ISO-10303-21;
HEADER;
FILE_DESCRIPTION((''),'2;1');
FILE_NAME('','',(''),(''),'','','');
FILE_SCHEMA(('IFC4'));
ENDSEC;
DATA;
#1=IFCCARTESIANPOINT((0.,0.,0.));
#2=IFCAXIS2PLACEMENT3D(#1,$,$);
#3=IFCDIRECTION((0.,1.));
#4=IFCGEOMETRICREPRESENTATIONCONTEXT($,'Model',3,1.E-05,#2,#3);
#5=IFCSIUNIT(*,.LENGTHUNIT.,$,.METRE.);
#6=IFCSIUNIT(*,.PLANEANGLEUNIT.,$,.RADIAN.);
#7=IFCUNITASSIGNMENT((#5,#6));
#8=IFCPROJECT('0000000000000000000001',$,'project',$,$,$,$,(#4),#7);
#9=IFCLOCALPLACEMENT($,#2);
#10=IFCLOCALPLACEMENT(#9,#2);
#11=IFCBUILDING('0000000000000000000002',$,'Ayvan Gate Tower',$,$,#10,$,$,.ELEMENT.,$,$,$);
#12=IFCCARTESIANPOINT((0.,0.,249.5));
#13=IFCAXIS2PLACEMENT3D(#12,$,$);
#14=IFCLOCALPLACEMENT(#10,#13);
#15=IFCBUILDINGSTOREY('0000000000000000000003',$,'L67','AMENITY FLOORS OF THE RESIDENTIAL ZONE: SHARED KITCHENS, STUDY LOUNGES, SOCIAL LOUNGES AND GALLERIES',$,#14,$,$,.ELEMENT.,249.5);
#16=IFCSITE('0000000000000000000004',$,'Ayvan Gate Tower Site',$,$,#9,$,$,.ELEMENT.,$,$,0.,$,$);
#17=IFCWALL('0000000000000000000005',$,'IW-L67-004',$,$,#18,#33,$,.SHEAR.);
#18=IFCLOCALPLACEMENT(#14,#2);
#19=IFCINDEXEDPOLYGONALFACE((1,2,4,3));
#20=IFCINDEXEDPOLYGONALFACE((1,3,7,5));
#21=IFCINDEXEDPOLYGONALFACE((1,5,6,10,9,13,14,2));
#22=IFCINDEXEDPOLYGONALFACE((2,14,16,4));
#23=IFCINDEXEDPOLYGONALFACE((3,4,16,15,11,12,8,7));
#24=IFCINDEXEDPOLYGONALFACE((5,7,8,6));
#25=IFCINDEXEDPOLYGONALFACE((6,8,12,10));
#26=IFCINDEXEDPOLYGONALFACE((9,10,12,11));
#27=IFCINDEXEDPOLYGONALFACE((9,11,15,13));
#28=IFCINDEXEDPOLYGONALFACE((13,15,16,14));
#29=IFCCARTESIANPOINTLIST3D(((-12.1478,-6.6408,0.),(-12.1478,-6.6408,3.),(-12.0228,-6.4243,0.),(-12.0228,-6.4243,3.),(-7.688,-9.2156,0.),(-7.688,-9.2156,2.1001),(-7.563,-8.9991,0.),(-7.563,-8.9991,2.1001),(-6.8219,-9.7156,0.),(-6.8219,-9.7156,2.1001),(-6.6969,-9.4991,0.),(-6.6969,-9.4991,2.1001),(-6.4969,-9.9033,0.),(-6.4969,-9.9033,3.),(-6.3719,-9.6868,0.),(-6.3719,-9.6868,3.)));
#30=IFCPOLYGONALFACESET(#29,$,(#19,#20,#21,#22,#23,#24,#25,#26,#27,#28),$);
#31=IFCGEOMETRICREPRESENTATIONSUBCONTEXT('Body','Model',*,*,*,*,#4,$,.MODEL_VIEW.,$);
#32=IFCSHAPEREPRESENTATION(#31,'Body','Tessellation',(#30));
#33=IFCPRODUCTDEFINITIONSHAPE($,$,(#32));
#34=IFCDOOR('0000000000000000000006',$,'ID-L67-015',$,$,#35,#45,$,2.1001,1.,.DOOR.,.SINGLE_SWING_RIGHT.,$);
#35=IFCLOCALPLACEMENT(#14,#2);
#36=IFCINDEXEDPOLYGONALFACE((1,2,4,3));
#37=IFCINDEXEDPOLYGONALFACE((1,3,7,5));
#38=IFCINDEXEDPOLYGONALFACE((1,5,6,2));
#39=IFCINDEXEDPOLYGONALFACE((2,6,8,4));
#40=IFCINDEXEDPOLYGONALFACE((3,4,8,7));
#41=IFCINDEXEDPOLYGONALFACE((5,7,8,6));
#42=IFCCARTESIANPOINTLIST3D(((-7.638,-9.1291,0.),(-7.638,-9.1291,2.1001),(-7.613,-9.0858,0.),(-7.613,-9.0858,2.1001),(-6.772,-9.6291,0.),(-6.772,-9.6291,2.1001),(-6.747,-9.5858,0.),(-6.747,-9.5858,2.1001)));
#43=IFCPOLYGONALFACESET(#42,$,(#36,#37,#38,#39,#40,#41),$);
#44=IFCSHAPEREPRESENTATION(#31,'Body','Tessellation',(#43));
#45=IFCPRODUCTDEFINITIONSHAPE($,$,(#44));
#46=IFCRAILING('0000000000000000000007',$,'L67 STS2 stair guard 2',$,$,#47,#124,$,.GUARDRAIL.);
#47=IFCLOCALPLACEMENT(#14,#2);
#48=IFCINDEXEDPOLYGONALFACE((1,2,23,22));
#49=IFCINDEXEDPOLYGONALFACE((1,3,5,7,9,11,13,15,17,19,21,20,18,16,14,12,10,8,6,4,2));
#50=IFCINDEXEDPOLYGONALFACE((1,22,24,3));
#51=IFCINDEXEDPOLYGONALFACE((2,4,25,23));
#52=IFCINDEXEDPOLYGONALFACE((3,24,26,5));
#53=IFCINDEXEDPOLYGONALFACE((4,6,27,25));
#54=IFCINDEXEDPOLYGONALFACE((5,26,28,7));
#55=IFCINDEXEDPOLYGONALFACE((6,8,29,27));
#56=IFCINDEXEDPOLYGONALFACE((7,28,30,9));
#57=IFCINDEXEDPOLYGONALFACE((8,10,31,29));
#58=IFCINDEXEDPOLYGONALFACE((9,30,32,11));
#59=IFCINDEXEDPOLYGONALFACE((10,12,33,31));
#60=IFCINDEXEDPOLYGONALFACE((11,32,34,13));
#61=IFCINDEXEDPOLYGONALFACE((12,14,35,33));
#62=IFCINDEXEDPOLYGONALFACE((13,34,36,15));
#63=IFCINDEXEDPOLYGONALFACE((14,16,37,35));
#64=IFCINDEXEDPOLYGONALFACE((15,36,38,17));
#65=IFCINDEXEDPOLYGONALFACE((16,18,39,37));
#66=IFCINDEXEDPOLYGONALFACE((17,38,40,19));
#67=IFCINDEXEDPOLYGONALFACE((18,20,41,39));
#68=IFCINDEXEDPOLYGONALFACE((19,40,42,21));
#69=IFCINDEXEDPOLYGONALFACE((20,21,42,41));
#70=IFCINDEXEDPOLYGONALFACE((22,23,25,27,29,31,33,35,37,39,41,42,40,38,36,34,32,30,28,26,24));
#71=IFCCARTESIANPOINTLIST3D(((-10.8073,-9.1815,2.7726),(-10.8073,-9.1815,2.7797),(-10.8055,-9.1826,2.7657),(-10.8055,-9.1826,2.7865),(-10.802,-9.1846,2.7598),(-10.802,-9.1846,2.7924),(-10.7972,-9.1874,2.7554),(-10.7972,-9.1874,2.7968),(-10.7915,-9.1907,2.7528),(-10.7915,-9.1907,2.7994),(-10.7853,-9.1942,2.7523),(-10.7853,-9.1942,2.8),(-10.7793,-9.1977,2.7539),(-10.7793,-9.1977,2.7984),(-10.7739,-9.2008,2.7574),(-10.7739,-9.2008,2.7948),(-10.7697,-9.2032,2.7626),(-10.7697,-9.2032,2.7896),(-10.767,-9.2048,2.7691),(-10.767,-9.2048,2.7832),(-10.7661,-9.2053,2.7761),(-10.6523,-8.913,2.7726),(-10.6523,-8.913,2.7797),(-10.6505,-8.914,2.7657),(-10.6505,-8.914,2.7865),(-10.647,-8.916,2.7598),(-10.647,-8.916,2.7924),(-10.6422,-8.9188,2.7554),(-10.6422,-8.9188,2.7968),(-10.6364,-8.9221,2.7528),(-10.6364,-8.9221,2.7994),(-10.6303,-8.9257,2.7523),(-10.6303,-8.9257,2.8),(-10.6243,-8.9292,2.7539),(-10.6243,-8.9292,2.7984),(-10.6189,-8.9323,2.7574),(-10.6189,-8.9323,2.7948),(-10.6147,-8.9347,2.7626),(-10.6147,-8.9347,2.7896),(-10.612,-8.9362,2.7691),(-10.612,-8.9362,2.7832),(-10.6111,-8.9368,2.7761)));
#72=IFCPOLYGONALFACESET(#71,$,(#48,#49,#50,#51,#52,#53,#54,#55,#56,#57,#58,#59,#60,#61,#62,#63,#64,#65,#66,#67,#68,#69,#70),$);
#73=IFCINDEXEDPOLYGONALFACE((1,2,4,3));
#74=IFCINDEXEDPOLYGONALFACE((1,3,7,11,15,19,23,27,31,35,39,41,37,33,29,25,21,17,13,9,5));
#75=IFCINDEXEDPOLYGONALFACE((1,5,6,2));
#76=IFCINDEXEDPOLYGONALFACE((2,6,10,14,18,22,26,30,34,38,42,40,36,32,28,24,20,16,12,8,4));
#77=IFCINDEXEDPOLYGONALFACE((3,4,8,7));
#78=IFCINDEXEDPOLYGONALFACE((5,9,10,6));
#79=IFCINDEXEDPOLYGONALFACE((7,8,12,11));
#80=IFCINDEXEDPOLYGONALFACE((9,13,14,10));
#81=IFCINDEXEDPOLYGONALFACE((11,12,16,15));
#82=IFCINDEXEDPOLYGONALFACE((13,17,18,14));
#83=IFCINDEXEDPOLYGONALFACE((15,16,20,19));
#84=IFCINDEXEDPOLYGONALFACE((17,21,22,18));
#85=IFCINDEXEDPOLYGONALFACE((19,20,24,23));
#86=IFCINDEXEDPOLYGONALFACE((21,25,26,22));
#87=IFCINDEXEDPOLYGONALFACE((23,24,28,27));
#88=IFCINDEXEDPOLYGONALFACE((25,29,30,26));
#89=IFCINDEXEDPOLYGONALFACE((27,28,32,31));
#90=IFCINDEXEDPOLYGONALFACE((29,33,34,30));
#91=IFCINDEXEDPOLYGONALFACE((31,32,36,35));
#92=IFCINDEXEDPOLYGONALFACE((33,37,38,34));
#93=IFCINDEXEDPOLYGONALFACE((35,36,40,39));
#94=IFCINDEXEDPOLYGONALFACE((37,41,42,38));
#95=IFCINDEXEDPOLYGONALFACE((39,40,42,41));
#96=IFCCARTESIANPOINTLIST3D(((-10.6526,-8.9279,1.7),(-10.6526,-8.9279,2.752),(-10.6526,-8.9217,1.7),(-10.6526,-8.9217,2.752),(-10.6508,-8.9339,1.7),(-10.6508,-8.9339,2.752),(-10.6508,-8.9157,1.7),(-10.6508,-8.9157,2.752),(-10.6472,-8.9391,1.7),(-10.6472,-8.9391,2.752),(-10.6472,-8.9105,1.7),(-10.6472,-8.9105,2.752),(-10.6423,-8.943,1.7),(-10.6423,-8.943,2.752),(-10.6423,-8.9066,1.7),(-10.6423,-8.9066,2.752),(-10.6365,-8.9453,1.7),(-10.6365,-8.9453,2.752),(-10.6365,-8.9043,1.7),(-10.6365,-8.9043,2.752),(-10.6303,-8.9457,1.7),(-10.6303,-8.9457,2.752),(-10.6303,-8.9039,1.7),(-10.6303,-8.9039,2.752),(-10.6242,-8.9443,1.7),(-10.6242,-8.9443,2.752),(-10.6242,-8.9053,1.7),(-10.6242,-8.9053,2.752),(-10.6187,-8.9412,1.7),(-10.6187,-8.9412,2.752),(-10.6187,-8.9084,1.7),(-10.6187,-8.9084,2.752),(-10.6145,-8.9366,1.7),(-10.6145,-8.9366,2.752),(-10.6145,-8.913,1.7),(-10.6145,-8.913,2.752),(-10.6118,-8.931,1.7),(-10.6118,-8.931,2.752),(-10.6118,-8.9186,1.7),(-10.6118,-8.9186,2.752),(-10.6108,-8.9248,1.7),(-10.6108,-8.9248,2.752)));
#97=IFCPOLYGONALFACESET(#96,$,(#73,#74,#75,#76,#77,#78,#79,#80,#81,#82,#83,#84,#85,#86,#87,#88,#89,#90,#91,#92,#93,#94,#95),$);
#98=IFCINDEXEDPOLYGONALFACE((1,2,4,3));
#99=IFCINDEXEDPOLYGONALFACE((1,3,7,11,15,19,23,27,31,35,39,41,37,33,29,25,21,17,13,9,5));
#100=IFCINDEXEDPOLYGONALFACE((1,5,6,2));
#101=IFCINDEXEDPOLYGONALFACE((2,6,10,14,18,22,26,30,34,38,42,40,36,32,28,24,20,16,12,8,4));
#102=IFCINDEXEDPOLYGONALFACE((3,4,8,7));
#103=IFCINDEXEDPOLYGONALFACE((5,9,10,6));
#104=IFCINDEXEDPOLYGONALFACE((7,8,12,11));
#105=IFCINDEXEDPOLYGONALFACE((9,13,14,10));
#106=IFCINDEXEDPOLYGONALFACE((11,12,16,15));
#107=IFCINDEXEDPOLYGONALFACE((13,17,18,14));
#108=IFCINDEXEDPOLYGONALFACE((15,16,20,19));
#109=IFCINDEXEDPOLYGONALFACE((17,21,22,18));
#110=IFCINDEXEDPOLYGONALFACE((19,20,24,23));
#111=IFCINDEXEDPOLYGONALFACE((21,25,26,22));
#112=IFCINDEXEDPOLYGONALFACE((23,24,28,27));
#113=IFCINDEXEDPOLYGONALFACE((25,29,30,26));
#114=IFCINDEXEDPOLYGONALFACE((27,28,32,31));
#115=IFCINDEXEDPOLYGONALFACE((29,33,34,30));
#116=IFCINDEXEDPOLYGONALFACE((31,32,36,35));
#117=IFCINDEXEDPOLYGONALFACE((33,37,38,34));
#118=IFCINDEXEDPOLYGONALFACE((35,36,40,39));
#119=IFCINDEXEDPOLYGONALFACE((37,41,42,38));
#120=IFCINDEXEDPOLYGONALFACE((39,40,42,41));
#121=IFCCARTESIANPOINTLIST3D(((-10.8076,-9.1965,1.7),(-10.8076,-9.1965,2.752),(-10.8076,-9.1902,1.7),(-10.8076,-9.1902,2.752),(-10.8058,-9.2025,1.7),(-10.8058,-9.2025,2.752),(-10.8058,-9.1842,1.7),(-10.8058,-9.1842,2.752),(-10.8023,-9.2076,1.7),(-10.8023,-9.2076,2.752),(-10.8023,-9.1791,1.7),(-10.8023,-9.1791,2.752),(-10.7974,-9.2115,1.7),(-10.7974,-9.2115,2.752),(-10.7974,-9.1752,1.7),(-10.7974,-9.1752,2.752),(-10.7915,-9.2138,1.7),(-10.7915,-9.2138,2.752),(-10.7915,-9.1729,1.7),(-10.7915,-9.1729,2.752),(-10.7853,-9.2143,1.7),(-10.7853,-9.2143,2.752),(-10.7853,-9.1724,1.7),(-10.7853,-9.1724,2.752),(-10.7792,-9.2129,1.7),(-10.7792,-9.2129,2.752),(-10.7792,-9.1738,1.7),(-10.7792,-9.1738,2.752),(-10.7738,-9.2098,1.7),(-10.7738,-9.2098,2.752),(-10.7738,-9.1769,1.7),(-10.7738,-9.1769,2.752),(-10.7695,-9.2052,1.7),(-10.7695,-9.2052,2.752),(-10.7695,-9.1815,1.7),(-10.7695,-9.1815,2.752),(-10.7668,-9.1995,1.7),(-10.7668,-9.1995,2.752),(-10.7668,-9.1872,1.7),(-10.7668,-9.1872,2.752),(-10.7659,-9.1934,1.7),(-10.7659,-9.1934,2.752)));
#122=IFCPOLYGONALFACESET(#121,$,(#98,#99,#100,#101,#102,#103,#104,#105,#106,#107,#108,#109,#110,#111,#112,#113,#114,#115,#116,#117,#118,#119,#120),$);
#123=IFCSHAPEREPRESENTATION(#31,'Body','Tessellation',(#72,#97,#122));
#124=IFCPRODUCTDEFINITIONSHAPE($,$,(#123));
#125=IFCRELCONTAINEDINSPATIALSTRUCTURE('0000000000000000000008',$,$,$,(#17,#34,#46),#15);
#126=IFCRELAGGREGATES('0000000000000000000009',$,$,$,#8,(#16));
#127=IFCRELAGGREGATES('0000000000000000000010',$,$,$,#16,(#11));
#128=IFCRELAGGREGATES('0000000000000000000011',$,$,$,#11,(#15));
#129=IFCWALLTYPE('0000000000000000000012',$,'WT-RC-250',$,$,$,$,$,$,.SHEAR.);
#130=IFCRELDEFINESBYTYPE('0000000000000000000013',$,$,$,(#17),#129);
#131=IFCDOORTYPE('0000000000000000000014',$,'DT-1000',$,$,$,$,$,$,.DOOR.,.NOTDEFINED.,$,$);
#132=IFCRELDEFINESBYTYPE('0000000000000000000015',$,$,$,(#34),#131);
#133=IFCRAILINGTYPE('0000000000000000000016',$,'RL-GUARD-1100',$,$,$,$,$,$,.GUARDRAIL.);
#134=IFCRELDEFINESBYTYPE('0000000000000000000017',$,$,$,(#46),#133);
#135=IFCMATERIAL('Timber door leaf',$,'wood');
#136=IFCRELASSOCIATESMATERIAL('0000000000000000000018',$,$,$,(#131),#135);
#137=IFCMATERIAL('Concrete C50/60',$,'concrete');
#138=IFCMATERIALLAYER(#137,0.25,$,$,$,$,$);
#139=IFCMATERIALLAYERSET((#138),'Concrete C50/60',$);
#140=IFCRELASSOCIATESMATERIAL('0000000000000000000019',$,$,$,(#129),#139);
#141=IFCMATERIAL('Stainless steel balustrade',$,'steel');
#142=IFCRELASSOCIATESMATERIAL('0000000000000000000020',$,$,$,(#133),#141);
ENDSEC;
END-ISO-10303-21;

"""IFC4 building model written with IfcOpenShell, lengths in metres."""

from ifc_helpers import new_model, si_unit, direction, frame, frame_2d, origin, origin_2d, place, context, subcontext, project, spatial, rectangle, circle, extrude, material, layer, layer_set, type_object, element, fill, save


model = new_model("IFC4")

# Units and contexts
model_context = context("Model", 3, precision=1e-05, world=origin(), true_north=direction((0.0, 1.0)))
body_context = subcontext(model_context, "Body", "Model", "MODEL_VIEW")
ifc_project = project(units=[si_unit("LENGTHUNIT", "METRE"), si_unit("PLANEANGLEUNIT", "RADIAN")], contexts=[model_context])

# Site, building, storey
site_placement = place(None, origin())
site = spatial("IfcSite", under=ifc_project, at=site_placement, Name="Ayvan Gate Tower Site", CompositionType="ELEMENT", RefElevation=0.0)
building_placement = place(site_placement, origin())
building = spatial("IfcBuilding", under=site, at=building_placement, Name="Ayvan Gate Tower", CompositionType="ELEMENT")
storey_placement = place(building_placement, frame((0.0, 0.0, 249.5)))
storey = spatial("IfcBuildingStorey", under=building, at=storey_placement, Name="L67", Description="AMENITY FLOORS OF THE RESIDENTIAL ZONE: SHARED KITCHENS, STUDY LOUNGES, SOCIAL LOUNGES AND GALLERIES", CompositionType="ELEMENT", Elevation=249.5)

# Shared definitions
ifc_material_1 = material(Name="Timber door leaf", Category="wood")
door_type_1 = type_object("IfcDoorType", Name="DT-1000", OperationType="NOTDEFINED", PredefinedType="DOOR", material=ifc_material_1)

# Shared definitions
ifc_material_2 = material(Name="Concrete C50/60", Category="concrete")
ifc_layer_1 = layer(ifc_material_2, 0.25)
ifc_layer_set_1 = layer_set([ifc_layer_1], Name="Concrete C50/60")
wall_type_1 = type_object("IfcWallType", Name="WT-RC-250", PredefinedType="SHEAR", material=ifc_layer_set_1)

# Wall, opening, door
wall_1_placement = place(storey_placement, frame((-12.0854, -6.5325, 0.0), z_axis=(0.0, 0.0, 1.0), x_axis=(0.866031, -0.49999, 0.0)))
wall_1 = element("IfcWall", 1, at=wall_1_placement, inside=storey, type_object=wall_type_1, Name="IW-L67-004", PredefinedType="SHEAR", context=body_context, shape_type="SweptSolid", body=[
    extrude(rectangle(XDim=6.5251, YDim=0.25, at=frame_2d((3.2627, 0.0))), origin(), (0.0, 0.0, 1.0), 3.0),
])
opening_1_placement = place(wall_1_placement, frame((5.1499, 0.0, 0.0)))
opening_1 = element("IfcOpeningElement", 2, at=opening_1_placement, cuts=wall_1, PredefinedType="OPENING", context=body_context, shape_type="SweptSolid", body=[
    extrude(rectangle(XDim=1.0, YDim=2.1001, at=frame_2d((0.5, 1.05))), frame((0.0, 0.135, 0.0), z_axis=(0.0, -1.0, 0.0), x_axis=(1.0, 0.0, 0.0)), (0.0, 0.0, 1.0), 0.27),
])
door_1_placement = place(opening_1_placement, origin())
door_1 = element("IfcDoor", 3, at=door_1_placement, inside=storey, type_object=door_type_1, Name="ID-L67-015", OperationType="SINGLE_SWING_RIGHT", OverallHeight=2.1001, OverallWidth=1.0, PredefinedType="DOOR", context=body_context, shape_type="SweptSolid", body=[
    extrude(rectangle(XDim=1.0, YDim=2.1001, at=frame_2d((0.5, 1.05))), frame((0.0, 0.0249, 0.0), z_axis=(0.0, -1.0, 0.0), x_axis=(1.0, 0.0, 0.0)), (0.0, 0.0, 1.0), 0.05),
])
fill(opening_1, door_1)

# Railing
ifc_material_3 = material(Name="Stainless steel balustrade", Category="steel")
railing_type_1 = type_object("IfcRailingType", Name="RL-GUARD-1100", PredefinedType="GUARDRAIL", material=ifc_material_3)
railing_1_placement = place(storey_placement, frame((-10.6318, -8.9248, 1.7)))
element("IfcRailing", 4, at=railing_1_placement, inside=storey, type_object=railing_type_1, Name="L67 STS2 stair guard 2", PredefinedType="GUARDRAIL", context=body_context, shape_type="SweptSolid", body=[
    extrude(circle(Radius=0.0239, at=origin_2d()), frame((0.0, 0.0, 1.0762), z_axis=(-0.49995, -0.866054, 0.0), x_axis=(0.866054, -0.49995, 0.0)), (0.0, 0.0, 1.0), 0.3101),
    extrude(circle(Radius=0.021, at=origin_2d()), origin(), (0.0, 0.0, 1.0), 1.052),
    extrude(circle(Radius=0.021, at=origin_2d()), frame((-0.155, -0.2686, 0.0)), (0.0, 0.0, 1.0), 1.052),
])

save(model, "model.ifc")
